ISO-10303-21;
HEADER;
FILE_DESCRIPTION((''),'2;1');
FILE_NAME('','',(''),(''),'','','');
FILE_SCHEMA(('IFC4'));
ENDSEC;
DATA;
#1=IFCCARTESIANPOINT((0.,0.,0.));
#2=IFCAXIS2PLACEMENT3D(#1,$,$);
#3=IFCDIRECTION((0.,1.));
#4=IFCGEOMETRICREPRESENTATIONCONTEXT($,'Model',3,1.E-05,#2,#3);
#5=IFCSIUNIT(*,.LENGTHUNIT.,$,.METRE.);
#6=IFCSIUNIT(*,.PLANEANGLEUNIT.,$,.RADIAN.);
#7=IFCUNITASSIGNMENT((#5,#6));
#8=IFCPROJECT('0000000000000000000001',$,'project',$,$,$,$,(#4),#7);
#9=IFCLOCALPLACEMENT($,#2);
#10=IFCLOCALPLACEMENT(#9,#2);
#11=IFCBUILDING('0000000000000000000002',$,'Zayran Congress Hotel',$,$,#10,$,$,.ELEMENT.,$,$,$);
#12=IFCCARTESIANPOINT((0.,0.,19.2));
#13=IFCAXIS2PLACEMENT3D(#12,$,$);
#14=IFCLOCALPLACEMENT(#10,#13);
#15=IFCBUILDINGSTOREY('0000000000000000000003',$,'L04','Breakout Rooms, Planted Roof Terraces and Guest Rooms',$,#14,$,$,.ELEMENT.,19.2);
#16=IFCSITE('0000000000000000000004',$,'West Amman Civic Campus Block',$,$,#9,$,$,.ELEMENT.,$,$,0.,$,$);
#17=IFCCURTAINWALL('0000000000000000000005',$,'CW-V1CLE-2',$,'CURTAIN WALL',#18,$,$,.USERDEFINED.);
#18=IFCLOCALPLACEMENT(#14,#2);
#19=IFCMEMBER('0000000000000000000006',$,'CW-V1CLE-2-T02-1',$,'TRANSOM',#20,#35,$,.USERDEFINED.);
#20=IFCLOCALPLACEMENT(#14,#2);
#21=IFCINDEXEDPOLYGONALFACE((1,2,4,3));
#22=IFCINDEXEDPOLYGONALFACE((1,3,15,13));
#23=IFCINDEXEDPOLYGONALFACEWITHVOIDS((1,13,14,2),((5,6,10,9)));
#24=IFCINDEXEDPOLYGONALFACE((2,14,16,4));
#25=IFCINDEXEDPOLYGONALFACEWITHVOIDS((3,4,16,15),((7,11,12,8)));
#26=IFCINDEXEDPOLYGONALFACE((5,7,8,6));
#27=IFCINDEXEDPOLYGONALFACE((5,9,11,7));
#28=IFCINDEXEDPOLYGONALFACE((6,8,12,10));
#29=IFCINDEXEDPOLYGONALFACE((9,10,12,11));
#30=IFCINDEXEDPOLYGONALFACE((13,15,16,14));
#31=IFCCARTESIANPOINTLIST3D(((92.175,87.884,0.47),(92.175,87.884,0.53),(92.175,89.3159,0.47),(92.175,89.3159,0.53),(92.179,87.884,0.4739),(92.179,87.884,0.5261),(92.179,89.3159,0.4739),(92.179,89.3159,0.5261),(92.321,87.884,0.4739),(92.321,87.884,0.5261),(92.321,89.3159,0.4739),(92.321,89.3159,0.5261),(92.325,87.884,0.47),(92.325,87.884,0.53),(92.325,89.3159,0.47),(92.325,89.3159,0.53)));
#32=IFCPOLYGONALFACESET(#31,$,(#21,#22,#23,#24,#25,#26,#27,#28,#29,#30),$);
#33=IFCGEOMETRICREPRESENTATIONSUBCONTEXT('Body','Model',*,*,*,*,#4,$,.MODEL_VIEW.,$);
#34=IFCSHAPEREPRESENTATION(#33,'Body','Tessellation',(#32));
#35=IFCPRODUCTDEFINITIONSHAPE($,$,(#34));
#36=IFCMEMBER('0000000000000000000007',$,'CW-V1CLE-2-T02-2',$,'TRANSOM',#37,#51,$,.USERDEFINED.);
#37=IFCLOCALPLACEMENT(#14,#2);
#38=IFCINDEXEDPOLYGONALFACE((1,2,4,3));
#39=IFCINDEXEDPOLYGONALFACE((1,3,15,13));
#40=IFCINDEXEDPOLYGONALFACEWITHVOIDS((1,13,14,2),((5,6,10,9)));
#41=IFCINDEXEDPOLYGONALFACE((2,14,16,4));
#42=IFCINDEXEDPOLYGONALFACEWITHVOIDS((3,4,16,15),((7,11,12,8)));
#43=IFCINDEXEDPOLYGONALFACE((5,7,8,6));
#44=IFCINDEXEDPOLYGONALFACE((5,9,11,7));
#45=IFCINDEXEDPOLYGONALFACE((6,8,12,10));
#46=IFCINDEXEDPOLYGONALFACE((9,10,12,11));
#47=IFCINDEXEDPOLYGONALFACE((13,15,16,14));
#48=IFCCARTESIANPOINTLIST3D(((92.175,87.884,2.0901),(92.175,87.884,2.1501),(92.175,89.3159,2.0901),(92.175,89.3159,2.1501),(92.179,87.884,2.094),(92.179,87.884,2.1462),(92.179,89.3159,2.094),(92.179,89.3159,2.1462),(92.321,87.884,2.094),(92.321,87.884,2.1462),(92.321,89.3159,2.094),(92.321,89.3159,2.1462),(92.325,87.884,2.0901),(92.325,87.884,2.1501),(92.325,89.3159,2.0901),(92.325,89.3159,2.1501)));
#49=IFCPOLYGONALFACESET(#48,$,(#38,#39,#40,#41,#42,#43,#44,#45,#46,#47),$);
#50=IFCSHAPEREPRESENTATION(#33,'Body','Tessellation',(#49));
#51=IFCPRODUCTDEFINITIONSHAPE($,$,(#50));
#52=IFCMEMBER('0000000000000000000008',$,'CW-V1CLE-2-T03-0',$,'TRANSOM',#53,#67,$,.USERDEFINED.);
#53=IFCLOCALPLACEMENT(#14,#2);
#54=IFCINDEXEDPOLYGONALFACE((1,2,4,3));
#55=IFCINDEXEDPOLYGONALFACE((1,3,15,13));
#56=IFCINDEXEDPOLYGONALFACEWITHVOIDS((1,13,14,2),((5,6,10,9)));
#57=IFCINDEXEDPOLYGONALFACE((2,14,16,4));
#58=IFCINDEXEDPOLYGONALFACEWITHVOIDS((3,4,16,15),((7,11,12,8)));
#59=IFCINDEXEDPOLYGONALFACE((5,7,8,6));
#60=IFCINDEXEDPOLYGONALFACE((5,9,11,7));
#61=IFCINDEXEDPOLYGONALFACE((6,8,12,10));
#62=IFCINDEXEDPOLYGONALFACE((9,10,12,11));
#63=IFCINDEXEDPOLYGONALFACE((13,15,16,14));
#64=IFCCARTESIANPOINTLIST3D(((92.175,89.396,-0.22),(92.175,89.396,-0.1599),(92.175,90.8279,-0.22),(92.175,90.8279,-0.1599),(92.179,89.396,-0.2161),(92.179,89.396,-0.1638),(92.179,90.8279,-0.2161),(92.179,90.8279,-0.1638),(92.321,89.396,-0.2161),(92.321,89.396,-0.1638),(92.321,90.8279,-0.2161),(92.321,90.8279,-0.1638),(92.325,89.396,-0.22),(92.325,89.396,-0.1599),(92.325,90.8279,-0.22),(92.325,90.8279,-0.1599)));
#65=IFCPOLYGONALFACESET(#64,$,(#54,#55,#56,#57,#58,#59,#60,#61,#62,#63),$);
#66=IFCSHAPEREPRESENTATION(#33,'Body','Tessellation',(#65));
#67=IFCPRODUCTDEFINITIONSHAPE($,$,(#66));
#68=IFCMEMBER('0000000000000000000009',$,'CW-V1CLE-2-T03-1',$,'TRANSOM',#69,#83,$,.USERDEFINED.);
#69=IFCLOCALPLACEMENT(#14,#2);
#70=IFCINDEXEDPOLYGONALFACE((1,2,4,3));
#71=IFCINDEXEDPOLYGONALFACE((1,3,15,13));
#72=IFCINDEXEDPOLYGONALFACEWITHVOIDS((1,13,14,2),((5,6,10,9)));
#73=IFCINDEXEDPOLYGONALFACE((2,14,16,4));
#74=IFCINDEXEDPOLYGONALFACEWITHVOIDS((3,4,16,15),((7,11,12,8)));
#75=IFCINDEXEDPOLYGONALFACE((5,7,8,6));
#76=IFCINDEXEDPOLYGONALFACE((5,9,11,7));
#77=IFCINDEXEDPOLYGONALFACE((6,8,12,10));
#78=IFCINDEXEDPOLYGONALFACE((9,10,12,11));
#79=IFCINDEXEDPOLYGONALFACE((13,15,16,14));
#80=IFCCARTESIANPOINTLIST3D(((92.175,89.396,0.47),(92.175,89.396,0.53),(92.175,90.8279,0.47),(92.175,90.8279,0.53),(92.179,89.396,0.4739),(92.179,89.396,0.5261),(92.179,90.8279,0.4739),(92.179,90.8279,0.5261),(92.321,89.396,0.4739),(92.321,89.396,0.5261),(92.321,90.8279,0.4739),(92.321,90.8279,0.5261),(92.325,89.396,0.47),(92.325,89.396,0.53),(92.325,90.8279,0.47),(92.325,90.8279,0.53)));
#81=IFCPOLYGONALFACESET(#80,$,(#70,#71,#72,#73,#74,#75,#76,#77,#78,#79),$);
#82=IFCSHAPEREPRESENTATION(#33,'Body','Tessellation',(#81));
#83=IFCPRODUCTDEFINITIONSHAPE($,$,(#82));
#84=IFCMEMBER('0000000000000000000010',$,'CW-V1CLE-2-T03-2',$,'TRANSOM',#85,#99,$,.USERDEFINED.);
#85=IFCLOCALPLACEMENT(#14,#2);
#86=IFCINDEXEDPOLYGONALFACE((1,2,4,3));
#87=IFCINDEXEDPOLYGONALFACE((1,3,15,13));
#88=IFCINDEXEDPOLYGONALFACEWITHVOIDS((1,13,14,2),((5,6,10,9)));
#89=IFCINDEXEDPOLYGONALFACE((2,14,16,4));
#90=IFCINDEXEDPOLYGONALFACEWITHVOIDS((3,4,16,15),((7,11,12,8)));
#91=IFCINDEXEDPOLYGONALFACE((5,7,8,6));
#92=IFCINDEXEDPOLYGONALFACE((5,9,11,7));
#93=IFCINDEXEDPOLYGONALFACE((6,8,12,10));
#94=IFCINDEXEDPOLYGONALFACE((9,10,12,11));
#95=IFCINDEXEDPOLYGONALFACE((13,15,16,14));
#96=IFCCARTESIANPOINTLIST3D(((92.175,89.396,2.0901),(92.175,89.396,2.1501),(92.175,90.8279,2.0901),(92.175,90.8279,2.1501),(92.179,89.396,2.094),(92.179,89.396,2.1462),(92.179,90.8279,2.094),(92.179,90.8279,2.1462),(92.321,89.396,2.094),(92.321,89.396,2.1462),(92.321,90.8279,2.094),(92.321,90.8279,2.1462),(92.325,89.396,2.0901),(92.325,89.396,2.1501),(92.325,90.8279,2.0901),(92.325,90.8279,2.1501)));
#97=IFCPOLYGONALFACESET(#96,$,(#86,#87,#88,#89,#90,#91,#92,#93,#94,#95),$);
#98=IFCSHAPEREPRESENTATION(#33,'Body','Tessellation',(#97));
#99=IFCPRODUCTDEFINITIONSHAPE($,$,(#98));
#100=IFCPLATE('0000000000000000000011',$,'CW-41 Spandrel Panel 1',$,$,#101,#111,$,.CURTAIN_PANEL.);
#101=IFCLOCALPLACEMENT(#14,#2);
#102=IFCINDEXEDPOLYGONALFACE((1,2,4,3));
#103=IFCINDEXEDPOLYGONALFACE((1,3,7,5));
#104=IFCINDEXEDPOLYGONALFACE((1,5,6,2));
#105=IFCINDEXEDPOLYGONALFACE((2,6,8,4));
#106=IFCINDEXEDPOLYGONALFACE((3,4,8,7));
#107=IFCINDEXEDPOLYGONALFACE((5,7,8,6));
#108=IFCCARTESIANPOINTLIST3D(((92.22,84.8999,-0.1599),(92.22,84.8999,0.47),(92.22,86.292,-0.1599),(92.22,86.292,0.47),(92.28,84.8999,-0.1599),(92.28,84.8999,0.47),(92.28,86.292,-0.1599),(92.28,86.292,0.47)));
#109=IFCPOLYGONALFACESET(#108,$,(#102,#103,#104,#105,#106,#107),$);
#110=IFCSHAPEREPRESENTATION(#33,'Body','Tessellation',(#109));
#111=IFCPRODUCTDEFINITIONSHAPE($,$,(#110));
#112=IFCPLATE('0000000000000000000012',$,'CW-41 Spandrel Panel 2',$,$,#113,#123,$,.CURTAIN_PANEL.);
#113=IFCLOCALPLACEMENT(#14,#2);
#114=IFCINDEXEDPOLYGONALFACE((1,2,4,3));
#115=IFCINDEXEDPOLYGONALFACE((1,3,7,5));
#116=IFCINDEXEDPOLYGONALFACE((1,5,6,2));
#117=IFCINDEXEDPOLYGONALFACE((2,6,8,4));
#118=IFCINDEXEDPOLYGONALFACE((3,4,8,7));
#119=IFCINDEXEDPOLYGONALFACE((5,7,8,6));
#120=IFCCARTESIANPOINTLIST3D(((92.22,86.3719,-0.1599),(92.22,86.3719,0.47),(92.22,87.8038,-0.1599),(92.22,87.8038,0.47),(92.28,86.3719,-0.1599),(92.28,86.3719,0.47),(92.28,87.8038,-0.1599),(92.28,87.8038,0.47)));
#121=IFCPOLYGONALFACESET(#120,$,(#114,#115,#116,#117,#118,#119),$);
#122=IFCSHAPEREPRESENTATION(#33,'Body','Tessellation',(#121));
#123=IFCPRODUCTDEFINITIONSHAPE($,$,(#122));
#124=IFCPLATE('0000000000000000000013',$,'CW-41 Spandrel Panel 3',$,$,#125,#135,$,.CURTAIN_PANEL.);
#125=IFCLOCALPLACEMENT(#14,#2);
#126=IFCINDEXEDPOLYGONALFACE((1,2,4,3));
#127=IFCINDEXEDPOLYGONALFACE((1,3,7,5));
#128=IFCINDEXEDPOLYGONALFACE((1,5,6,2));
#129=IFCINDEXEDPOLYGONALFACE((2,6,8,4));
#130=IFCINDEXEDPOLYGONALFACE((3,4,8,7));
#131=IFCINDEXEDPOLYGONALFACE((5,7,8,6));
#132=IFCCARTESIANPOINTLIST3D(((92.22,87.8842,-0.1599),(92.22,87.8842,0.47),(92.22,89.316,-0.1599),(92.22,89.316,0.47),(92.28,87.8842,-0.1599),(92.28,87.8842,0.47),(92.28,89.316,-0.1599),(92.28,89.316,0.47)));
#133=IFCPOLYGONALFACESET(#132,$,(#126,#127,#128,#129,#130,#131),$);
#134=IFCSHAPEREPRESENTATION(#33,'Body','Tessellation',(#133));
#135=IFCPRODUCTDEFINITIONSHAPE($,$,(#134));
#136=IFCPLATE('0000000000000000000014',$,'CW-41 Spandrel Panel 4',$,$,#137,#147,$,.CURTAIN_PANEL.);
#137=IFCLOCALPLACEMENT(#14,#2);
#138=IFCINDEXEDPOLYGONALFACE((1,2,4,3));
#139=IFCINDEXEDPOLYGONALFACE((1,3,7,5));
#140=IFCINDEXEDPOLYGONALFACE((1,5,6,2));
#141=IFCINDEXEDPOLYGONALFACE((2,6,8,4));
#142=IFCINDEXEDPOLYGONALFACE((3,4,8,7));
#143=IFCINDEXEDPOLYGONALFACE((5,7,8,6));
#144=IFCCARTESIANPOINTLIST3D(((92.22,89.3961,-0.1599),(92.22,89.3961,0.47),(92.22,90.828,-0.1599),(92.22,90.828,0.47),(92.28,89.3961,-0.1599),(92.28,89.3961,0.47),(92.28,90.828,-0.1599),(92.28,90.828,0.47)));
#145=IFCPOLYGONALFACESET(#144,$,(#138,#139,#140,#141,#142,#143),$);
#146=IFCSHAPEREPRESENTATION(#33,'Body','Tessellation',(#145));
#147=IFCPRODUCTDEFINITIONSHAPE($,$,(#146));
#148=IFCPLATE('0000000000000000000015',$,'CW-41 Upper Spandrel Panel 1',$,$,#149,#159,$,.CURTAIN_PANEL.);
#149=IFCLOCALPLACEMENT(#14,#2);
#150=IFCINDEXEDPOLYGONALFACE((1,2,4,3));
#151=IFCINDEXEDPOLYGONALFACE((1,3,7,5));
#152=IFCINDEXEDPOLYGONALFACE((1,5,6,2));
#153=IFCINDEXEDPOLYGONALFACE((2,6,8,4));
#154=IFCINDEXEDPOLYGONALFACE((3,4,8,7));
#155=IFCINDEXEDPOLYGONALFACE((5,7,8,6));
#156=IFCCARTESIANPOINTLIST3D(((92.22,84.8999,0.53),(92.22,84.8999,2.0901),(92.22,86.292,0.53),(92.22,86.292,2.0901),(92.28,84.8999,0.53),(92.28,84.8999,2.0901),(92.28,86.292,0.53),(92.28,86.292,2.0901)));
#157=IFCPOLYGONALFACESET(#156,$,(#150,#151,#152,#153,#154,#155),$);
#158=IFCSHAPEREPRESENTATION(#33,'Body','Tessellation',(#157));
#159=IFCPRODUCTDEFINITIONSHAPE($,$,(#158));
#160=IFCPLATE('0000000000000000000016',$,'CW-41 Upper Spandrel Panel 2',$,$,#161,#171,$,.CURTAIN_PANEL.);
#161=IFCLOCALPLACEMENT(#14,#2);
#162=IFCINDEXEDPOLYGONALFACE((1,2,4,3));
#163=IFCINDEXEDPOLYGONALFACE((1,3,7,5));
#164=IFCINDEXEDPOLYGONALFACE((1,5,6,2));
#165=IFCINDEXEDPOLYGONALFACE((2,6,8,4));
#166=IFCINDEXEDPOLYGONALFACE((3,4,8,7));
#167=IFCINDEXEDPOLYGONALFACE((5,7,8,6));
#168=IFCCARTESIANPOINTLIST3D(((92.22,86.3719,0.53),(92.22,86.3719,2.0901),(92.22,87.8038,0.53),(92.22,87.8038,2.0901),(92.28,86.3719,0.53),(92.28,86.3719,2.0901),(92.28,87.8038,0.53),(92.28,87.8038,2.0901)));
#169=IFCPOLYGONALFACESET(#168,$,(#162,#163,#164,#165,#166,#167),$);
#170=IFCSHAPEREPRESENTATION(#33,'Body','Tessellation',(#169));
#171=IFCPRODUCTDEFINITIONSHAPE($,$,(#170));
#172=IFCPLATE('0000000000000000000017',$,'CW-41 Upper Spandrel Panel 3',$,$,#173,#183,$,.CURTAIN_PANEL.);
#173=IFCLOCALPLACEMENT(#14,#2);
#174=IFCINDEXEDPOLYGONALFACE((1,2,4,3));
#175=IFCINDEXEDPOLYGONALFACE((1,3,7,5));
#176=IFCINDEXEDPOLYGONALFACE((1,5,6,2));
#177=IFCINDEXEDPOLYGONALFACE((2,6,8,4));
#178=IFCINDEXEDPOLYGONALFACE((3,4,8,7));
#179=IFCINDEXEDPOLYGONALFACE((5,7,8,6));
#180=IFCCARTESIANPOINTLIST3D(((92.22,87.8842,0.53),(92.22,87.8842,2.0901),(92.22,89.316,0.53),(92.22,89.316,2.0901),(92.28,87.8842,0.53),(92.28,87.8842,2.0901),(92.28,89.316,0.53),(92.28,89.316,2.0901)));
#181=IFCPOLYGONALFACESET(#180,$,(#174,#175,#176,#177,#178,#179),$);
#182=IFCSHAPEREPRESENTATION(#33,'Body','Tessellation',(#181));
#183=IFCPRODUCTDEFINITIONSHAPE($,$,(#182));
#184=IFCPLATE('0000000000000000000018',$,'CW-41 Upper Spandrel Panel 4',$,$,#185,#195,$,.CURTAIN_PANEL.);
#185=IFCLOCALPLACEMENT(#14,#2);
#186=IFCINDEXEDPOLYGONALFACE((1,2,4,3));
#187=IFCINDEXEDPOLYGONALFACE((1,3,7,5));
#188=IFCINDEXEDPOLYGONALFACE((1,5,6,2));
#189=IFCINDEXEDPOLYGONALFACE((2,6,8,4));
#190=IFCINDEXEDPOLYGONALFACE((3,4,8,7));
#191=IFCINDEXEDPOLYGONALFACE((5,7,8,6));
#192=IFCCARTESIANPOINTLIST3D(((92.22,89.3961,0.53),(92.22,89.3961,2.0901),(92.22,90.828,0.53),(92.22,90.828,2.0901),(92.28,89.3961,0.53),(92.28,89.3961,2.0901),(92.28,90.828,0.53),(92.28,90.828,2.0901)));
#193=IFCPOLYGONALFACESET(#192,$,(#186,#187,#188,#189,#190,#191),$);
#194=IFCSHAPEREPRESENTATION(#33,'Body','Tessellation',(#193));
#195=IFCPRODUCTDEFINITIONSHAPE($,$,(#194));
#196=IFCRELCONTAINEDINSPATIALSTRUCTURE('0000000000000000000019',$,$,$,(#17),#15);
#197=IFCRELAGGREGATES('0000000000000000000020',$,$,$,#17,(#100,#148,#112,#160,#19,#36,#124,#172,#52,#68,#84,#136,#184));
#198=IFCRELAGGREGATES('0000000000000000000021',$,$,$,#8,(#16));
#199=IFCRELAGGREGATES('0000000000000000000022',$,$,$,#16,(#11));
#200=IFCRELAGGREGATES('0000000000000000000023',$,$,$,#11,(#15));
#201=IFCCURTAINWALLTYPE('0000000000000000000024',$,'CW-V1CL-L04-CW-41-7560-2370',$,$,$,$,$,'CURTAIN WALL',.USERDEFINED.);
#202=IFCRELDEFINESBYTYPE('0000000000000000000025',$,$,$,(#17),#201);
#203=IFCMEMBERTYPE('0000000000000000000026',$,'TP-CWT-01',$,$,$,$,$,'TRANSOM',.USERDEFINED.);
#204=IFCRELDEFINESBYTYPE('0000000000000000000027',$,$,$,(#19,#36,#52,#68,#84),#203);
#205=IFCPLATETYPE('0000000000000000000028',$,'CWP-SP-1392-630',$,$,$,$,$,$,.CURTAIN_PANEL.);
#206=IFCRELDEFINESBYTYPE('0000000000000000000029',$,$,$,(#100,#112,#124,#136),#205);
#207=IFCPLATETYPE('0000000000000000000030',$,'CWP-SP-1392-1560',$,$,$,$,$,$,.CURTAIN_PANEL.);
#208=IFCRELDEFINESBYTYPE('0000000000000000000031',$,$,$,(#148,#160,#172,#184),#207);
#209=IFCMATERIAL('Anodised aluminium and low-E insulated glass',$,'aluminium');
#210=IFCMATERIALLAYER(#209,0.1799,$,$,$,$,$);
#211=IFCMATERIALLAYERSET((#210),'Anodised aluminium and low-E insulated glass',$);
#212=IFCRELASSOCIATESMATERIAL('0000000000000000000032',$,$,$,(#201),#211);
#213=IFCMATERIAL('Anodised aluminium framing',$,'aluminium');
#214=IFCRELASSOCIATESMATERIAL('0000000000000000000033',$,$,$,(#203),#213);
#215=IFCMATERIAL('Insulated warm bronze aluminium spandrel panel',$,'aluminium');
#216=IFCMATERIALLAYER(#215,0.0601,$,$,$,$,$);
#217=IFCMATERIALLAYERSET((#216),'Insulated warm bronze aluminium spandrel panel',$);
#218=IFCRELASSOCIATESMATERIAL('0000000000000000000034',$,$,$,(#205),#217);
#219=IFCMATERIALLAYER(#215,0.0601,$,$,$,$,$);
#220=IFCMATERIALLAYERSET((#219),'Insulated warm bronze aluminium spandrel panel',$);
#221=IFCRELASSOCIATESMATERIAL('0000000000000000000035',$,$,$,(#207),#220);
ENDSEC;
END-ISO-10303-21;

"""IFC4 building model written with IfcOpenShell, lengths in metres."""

from ifc_helpers import new_model, si_unit, direction, frame, origin, origin_2d, place, context, subcontext, project, spatial, rectangle, hollow_rectangle, extrude, material, layer, layer_set, material_profile, profile_set, type_object, element, aggregate, save


model = new_model("IFC4")

# Units and contexts
model_context = context("Model", 3, precision=1e-05, world=origin(), true_north=direction((0.0, 1.0)))
body_context = subcontext(model_context, "Body", "Model", "MODEL_VIEW")
ifc_project = project(units=[si_unit("LENGTHUNIT", "METRE"), si_unit("PLANEANGLEUNIT", "RADIAN")], contexts=[model_context])

# Site, building, storey
site_placement = place(None, origin())
site = spatial("IfcSite", under=ifc_project, at=site_placement, Name="West Amman Civic Campus Block", CompositionType="ELEMENT", RefElevation=0.0)
building_placement = place(site_placement, origin())
building = spatial("IfcBuilding", under=site, at=building_placement, Name="Zayran Congress Hotel", CompositionType="ELEMENT")
storey_placement = place(building_placement, frame((0.0, 0.0, 19.2)))
storey = spatial("IfcBuildingStorey", under=building, at=storey_placement, Name="L04", Description="Breakout Rooms, Planted Roof Terraces and Guest Rooms", CompositionType="ELEMENT", Elevation=19.2)

# Curtain wall, members, plates
ifc_material_1 = material(Name="Anodised aluminium and low-E insulated glass", Category="aluminium")
ifc_layer_1 = layer(ifc_material_1, 0.1799)
ifc_layer_set_1 = layer_set([ifc_layer_1], Name="Anodised aluminium and low-E insulated glass")
curtain_wall_type = type_object("IfcCurtainWallType", Name="CW-V1CL-L04-CW-41-7560-2370", ElementType="CURTAIN WALL", PredefinedType="USERDEFINED", material=ifc_layer_set_1)
curtain_wall_placement = place(storey_placement, origin())
curtain_wall = element("IfcCurtainWall", 1, at=curtain_wall_placement, inside=storey, type_object=curtain_wall_type, Name="CW-V1CLE-2", ObjectType="CURTAIN WALL", PredefinedType="USERDEFINED")
ifc_material_2 = material(Name="Anodised aluminium framing", Category="aluminium")
ifc_material_profile_1 = material_profile(ifc_material_2, hollow_rectangle(XDim=0.0601, YDim=0.1499, WallThickness=0.0039, at=origin_2d()), Name="RHS 150x60x4")
ifc_profile_set_1 = profile_set([ifc_material_profile_1], Name="Anodised aluminium framing")
member_type_1 = type_object("IfcMemberType", Name="TP-CWT-01", ElementType="TRANSOM", PredefinedType="USERDEFINED", material=ifc_profile_set_1)
member_1_placement = place(storey_placement, frame((92.25, 87.884, 0.5), z_axis=(0.0, 1.0, 0.0), x_axis=(0.0, 0.0, 1.0)))
member_1 = element("IfcMember", 2, at=member_1_placement, type_object=member_type_1, Name="CW-V1CLE-2-T02-1", ObjectType="TRANSOM", PredefinedType="USERDEFINED", context=body_context, shape_type="SweptSolid", body=[
    extrude(hollow_rectangle(XDim=0.0601, YDim=0.1499, WallThickness=0.0039, at=origin_2d()), origin(), (0.0, 0.0, 1.0), 1.4319),
])
member_2_placement = place(storey_placement, frame((92.25, 87.884, 2.1201), z_axis=(0.0, 1.0, 0.0), x_axis=(0.0, 0.0, 1.0)))
member_2 = element("IfcMember", 3, at=member_2_placement, type_object=member_type_1, Name="CW-V1CLE-2-T02-2", ObjectType="TRANSOM", PredefinedType="USERDEFINED", context=body_context, shape_type="SweptSolid", body=[
    extrude(hollow_rectangle(XDim=0.0601, YDim=0.1499, WallThickness=0.0039, at=origin_2d()), origin(), (0.0, 0.0, 1.0), 1.4319),
])
member_3_placement = place(storey_placement, frame((92.25, 89.396, -0.1899), z_axis=(0.0, 1.0, 0.0), x_axis=(0.0, 0.0, 1.0)))
member_3 = element("IfcMember", 4, at=member_3_placement, type_object=member_type_1, Name="CW-V1CLE-2-T03-0", ObjectType="TRANSOM", PredefinedType="USERDEFINED", context=body_context, shape_type="SweptSolid", body=[
    extrude(hollow_rectangle(XDim=0.0601, YDim=0.1499, WallThickness=0.0039, at=origin_2d()), origin(), (0.0, 0.0, 1.0), 1.4319),
])
member_4_placement = place(storey_placement, frame((92.25, 89.396, 0.5), z_axis=(0.0, 1.0, 0.0), x_axis=(0.0, 0.0, 1.0)))
member_4 = element("IfcMember", 5, at=member_4_placement, type_object=member_type_1, Name="CW-V1CLE-2-T03-1", ObjectType="TRANSOM", PredefinedType="USERDEFINED", context=body_context, shape_type="SweptSolid", body=[
    extrude(hollow_rectangle(XDim=0.0601, YDim=0.1499, WallThickness=0.0039, at=origin_2d()), origin(), (0.0, 0.0, 1.0), 1.4319),
])
member_5_placement = place(storey_placement, frame((92.25, 89.396, 2.1201), z_axis=(0.0, 1.0, 0.0), x_axis=(0.0, 0.0, 1.0)))
member_5 = element("IfcMember", 6, at=member_5_placement, type_object=member_type_1, Name="CW-V1CLE-2-T03-2", ObjectType="TRANSOM", PredefinedType="USERDEFINED", context=body_context, shape_type="SweptSolid", body=[
    extrude(hollow_rectangle(XDim=0.0601, YDim=0.1499, WallThickness=0.0039, at=origin_2d()), origin(), (0.0, 0.0, 1.0), 1.4319),
])
ifc_material_3 = material(Name="Insulated warm bronze aluminium spandrel panel", Category="aluminium")
ifc_layer_2 = layer(ifc_material_3, 0.0601)
ifc_layer_set_2 = layer_set([ifc_layer_2], Name="Insulated warm bronze aluminium spandrel panel")
plate_type_1 = type_object("IfcPlateType", Name="CWP-SP-1392-630", PredefinedType="CURTAIN_PANEL", material=ifc_layer_set_2)
plate_1_placement = place(storey_placement, frame((92.25, 85.5959, -0.1599), z_axis=(0.0, 0.0, 1.0), x_axis=(0.0, 1.0, 0.0)))
plate_1 = element("IfcPlate", 7, at=plate_1_placement, type_object=plate_type_1, Name="CW-41 Spandrel Panel 1", PredefinedType="CURTAIN_PANEL", context=body_context, shape_type="SweptSolid", body=[
    extrude(rectangle(XDim=1.3921, YDim=0.0601, at=origin_2d()), origin(), (0.0, 0.0, 1.0), 0.6299),
])
plate_2_placement = place(storey_placement, frame((92.25, 87.0879, -0.1599), z_axis=(0.0, 0.0, 1.0), x_axis=(0.0, 1.0, 0.0)))
plate_2 = element("IfcPlate", 8, at=plate_2_placement, type_object=plate_type_1, Name="CW-41 Spandrel Panel 2", PredefinedType="CURTAIN_PANEL", context=body_context, shape_type="SweptSolid", body=[
    extrude(rectangle(XDim=1.4319, YDim=0.0601, at=origin_2d()), origin(), (0.0, 0.0, 1.0), 0.6299),
])
plate_3_placement = place(storey_placement, frame((92.25, 88.6001, -0.1599), z_axis=(0.0, 0.0, 1.0), x_axis=(0.0, 1.0, 0.0)))
plate_3 = element("IfcPlate", 9, at=plate_3_placement, type_object=plate_type_1, Name="CW-41 Spandrel Panel 3", PredefinedType="CURTAIN_PANEL", context=body_context, shape_type="SweptSolid", body=[
    extrude(rectangle(XDim=1.4319, YDim=0.0601, at=origin_2d()), origin(), (0.0, 0.0, 1.0), 0.6299),
])
plate_4_placement = place(storey_placement, frame((92.25, 90.1121, -0.1599), z_axis=(0.0, 0.0, 1.0), x_axis=(0.0, 1.0, 0.0)))
plate_4 = element("IfcPlate", 10, at=plate_4_placement, type_object=plate_type_1, Name="CW-41 Spandrel Panel 4", PredefinedType="CURTAIN_PANEL", context=body_context, shape_type="SweptSolid", body=[
    extrude(rectangle(XDim=1.4319, YDim=0.0601, at=origin_2d()), origin(), (0.0, 0.0, 1.0), 0.6299),
])
ifc_layer_3 = layer(ifc_material_3, 0.0601)
ifc_layer_set_3 = layer_set([ifc_layer_3], Name="Insulated warm bronze aluminium spandrel panel")
plate_type_2 = type_object("IfcPlateType", Name="CWP-SP-1392-1560", PredefinedType="CURTAIN_PANEL", material=ifc_layer_set_3)
plate_5_placement = place(storey_placement, frame((92.25, 85.5959, 0.53), z_axis=(0.0, 0.0, 1.0), x_axis=(0.0, 1.0, 0.0)))
plate_5 = element("IfcPlate", 11, at=plate_5_placement, type_object=plate_type_2, Name="CW-41 Upper Spandrel Panel 1", PredefinedType="CURTAIN_PANEL", context=body_context, shape_type="SweptSolid", body=[
    extrude(rectangle(XDim=1.3921, YDim=0.0601, at=origin_2d()), origin(), (0.0, 0.0, 1.0), 1.5601),
])
plate_6_placement = place(storey_placement, frame((92.25, 87.0879, 0.53), z_axis=(0.0, 0.0, 1.0), x_axis=(0.0, 1.0, 0.0)))
plate_6 = element("IfcPlate", 12, at=plate_6_placement, type_object=plate_type_2, Name="CW-41 Upper Spandrel Panel 2", PredefinedType="CURTAIN_PANEL", context=body_context, shape_type="SweptSolid", body=[
    extrude(rectangle(XDim=1.4319, YDim=0.0601, at=origin_2d()), origin(), (0.0, 0.0, 1.0), 1.5601),
])
plate_7_placement = place(storey_placement, frame((92.25, 88.6001, 0.53), z_axis=(0.0, 0.0, 1.0), x_axis=(0.0, 1.0, 0.0)))
plate_7 = element("IfcPlate", 13, at=plate_7_placement, type_object=plate_type_2, Name="CW-41 Upper Spandrel Panel 3", PredefinedType="CURTAIN_PANEL", context=body_context, shape_type="SweptSolid", body=[
    extrude(rectangle(XDim=1.4319, YDim=0.0601, at=origin_2d()), origin(), (0.0, 0.0, 1.0), 1.5601),
])
plate_8_placement = place(storey_placement, frame((92.25, 90.1121, 0.53), z_axis=(0.0, 0.0, 1.0), x_axis=(0.0, 1.0, 0.0)))
plate_8 = element("IfcPlate", 14, at=plate_8_placement, type_object=plate_type_2, Name="CW-41 Upper Spandrel Panel 4", PredefinedType="CURTAIN_PANEL", context=body_context, shape_type="SweptSolid", body=[
    extrude(rectangle(XDim=1.4319, YDim=0.0601, at=origin_2d()), origin(), (0.0, 0.0, 1.0), 1.5601),
])
aggregate(curtain_wall, [plate_1, plate_5, plate_2, plate_6, member_1, member_2, plate_3, plate_7, member_3, member_4, member_5, plate_4, plate_8])

save(model, "model.ifc")
